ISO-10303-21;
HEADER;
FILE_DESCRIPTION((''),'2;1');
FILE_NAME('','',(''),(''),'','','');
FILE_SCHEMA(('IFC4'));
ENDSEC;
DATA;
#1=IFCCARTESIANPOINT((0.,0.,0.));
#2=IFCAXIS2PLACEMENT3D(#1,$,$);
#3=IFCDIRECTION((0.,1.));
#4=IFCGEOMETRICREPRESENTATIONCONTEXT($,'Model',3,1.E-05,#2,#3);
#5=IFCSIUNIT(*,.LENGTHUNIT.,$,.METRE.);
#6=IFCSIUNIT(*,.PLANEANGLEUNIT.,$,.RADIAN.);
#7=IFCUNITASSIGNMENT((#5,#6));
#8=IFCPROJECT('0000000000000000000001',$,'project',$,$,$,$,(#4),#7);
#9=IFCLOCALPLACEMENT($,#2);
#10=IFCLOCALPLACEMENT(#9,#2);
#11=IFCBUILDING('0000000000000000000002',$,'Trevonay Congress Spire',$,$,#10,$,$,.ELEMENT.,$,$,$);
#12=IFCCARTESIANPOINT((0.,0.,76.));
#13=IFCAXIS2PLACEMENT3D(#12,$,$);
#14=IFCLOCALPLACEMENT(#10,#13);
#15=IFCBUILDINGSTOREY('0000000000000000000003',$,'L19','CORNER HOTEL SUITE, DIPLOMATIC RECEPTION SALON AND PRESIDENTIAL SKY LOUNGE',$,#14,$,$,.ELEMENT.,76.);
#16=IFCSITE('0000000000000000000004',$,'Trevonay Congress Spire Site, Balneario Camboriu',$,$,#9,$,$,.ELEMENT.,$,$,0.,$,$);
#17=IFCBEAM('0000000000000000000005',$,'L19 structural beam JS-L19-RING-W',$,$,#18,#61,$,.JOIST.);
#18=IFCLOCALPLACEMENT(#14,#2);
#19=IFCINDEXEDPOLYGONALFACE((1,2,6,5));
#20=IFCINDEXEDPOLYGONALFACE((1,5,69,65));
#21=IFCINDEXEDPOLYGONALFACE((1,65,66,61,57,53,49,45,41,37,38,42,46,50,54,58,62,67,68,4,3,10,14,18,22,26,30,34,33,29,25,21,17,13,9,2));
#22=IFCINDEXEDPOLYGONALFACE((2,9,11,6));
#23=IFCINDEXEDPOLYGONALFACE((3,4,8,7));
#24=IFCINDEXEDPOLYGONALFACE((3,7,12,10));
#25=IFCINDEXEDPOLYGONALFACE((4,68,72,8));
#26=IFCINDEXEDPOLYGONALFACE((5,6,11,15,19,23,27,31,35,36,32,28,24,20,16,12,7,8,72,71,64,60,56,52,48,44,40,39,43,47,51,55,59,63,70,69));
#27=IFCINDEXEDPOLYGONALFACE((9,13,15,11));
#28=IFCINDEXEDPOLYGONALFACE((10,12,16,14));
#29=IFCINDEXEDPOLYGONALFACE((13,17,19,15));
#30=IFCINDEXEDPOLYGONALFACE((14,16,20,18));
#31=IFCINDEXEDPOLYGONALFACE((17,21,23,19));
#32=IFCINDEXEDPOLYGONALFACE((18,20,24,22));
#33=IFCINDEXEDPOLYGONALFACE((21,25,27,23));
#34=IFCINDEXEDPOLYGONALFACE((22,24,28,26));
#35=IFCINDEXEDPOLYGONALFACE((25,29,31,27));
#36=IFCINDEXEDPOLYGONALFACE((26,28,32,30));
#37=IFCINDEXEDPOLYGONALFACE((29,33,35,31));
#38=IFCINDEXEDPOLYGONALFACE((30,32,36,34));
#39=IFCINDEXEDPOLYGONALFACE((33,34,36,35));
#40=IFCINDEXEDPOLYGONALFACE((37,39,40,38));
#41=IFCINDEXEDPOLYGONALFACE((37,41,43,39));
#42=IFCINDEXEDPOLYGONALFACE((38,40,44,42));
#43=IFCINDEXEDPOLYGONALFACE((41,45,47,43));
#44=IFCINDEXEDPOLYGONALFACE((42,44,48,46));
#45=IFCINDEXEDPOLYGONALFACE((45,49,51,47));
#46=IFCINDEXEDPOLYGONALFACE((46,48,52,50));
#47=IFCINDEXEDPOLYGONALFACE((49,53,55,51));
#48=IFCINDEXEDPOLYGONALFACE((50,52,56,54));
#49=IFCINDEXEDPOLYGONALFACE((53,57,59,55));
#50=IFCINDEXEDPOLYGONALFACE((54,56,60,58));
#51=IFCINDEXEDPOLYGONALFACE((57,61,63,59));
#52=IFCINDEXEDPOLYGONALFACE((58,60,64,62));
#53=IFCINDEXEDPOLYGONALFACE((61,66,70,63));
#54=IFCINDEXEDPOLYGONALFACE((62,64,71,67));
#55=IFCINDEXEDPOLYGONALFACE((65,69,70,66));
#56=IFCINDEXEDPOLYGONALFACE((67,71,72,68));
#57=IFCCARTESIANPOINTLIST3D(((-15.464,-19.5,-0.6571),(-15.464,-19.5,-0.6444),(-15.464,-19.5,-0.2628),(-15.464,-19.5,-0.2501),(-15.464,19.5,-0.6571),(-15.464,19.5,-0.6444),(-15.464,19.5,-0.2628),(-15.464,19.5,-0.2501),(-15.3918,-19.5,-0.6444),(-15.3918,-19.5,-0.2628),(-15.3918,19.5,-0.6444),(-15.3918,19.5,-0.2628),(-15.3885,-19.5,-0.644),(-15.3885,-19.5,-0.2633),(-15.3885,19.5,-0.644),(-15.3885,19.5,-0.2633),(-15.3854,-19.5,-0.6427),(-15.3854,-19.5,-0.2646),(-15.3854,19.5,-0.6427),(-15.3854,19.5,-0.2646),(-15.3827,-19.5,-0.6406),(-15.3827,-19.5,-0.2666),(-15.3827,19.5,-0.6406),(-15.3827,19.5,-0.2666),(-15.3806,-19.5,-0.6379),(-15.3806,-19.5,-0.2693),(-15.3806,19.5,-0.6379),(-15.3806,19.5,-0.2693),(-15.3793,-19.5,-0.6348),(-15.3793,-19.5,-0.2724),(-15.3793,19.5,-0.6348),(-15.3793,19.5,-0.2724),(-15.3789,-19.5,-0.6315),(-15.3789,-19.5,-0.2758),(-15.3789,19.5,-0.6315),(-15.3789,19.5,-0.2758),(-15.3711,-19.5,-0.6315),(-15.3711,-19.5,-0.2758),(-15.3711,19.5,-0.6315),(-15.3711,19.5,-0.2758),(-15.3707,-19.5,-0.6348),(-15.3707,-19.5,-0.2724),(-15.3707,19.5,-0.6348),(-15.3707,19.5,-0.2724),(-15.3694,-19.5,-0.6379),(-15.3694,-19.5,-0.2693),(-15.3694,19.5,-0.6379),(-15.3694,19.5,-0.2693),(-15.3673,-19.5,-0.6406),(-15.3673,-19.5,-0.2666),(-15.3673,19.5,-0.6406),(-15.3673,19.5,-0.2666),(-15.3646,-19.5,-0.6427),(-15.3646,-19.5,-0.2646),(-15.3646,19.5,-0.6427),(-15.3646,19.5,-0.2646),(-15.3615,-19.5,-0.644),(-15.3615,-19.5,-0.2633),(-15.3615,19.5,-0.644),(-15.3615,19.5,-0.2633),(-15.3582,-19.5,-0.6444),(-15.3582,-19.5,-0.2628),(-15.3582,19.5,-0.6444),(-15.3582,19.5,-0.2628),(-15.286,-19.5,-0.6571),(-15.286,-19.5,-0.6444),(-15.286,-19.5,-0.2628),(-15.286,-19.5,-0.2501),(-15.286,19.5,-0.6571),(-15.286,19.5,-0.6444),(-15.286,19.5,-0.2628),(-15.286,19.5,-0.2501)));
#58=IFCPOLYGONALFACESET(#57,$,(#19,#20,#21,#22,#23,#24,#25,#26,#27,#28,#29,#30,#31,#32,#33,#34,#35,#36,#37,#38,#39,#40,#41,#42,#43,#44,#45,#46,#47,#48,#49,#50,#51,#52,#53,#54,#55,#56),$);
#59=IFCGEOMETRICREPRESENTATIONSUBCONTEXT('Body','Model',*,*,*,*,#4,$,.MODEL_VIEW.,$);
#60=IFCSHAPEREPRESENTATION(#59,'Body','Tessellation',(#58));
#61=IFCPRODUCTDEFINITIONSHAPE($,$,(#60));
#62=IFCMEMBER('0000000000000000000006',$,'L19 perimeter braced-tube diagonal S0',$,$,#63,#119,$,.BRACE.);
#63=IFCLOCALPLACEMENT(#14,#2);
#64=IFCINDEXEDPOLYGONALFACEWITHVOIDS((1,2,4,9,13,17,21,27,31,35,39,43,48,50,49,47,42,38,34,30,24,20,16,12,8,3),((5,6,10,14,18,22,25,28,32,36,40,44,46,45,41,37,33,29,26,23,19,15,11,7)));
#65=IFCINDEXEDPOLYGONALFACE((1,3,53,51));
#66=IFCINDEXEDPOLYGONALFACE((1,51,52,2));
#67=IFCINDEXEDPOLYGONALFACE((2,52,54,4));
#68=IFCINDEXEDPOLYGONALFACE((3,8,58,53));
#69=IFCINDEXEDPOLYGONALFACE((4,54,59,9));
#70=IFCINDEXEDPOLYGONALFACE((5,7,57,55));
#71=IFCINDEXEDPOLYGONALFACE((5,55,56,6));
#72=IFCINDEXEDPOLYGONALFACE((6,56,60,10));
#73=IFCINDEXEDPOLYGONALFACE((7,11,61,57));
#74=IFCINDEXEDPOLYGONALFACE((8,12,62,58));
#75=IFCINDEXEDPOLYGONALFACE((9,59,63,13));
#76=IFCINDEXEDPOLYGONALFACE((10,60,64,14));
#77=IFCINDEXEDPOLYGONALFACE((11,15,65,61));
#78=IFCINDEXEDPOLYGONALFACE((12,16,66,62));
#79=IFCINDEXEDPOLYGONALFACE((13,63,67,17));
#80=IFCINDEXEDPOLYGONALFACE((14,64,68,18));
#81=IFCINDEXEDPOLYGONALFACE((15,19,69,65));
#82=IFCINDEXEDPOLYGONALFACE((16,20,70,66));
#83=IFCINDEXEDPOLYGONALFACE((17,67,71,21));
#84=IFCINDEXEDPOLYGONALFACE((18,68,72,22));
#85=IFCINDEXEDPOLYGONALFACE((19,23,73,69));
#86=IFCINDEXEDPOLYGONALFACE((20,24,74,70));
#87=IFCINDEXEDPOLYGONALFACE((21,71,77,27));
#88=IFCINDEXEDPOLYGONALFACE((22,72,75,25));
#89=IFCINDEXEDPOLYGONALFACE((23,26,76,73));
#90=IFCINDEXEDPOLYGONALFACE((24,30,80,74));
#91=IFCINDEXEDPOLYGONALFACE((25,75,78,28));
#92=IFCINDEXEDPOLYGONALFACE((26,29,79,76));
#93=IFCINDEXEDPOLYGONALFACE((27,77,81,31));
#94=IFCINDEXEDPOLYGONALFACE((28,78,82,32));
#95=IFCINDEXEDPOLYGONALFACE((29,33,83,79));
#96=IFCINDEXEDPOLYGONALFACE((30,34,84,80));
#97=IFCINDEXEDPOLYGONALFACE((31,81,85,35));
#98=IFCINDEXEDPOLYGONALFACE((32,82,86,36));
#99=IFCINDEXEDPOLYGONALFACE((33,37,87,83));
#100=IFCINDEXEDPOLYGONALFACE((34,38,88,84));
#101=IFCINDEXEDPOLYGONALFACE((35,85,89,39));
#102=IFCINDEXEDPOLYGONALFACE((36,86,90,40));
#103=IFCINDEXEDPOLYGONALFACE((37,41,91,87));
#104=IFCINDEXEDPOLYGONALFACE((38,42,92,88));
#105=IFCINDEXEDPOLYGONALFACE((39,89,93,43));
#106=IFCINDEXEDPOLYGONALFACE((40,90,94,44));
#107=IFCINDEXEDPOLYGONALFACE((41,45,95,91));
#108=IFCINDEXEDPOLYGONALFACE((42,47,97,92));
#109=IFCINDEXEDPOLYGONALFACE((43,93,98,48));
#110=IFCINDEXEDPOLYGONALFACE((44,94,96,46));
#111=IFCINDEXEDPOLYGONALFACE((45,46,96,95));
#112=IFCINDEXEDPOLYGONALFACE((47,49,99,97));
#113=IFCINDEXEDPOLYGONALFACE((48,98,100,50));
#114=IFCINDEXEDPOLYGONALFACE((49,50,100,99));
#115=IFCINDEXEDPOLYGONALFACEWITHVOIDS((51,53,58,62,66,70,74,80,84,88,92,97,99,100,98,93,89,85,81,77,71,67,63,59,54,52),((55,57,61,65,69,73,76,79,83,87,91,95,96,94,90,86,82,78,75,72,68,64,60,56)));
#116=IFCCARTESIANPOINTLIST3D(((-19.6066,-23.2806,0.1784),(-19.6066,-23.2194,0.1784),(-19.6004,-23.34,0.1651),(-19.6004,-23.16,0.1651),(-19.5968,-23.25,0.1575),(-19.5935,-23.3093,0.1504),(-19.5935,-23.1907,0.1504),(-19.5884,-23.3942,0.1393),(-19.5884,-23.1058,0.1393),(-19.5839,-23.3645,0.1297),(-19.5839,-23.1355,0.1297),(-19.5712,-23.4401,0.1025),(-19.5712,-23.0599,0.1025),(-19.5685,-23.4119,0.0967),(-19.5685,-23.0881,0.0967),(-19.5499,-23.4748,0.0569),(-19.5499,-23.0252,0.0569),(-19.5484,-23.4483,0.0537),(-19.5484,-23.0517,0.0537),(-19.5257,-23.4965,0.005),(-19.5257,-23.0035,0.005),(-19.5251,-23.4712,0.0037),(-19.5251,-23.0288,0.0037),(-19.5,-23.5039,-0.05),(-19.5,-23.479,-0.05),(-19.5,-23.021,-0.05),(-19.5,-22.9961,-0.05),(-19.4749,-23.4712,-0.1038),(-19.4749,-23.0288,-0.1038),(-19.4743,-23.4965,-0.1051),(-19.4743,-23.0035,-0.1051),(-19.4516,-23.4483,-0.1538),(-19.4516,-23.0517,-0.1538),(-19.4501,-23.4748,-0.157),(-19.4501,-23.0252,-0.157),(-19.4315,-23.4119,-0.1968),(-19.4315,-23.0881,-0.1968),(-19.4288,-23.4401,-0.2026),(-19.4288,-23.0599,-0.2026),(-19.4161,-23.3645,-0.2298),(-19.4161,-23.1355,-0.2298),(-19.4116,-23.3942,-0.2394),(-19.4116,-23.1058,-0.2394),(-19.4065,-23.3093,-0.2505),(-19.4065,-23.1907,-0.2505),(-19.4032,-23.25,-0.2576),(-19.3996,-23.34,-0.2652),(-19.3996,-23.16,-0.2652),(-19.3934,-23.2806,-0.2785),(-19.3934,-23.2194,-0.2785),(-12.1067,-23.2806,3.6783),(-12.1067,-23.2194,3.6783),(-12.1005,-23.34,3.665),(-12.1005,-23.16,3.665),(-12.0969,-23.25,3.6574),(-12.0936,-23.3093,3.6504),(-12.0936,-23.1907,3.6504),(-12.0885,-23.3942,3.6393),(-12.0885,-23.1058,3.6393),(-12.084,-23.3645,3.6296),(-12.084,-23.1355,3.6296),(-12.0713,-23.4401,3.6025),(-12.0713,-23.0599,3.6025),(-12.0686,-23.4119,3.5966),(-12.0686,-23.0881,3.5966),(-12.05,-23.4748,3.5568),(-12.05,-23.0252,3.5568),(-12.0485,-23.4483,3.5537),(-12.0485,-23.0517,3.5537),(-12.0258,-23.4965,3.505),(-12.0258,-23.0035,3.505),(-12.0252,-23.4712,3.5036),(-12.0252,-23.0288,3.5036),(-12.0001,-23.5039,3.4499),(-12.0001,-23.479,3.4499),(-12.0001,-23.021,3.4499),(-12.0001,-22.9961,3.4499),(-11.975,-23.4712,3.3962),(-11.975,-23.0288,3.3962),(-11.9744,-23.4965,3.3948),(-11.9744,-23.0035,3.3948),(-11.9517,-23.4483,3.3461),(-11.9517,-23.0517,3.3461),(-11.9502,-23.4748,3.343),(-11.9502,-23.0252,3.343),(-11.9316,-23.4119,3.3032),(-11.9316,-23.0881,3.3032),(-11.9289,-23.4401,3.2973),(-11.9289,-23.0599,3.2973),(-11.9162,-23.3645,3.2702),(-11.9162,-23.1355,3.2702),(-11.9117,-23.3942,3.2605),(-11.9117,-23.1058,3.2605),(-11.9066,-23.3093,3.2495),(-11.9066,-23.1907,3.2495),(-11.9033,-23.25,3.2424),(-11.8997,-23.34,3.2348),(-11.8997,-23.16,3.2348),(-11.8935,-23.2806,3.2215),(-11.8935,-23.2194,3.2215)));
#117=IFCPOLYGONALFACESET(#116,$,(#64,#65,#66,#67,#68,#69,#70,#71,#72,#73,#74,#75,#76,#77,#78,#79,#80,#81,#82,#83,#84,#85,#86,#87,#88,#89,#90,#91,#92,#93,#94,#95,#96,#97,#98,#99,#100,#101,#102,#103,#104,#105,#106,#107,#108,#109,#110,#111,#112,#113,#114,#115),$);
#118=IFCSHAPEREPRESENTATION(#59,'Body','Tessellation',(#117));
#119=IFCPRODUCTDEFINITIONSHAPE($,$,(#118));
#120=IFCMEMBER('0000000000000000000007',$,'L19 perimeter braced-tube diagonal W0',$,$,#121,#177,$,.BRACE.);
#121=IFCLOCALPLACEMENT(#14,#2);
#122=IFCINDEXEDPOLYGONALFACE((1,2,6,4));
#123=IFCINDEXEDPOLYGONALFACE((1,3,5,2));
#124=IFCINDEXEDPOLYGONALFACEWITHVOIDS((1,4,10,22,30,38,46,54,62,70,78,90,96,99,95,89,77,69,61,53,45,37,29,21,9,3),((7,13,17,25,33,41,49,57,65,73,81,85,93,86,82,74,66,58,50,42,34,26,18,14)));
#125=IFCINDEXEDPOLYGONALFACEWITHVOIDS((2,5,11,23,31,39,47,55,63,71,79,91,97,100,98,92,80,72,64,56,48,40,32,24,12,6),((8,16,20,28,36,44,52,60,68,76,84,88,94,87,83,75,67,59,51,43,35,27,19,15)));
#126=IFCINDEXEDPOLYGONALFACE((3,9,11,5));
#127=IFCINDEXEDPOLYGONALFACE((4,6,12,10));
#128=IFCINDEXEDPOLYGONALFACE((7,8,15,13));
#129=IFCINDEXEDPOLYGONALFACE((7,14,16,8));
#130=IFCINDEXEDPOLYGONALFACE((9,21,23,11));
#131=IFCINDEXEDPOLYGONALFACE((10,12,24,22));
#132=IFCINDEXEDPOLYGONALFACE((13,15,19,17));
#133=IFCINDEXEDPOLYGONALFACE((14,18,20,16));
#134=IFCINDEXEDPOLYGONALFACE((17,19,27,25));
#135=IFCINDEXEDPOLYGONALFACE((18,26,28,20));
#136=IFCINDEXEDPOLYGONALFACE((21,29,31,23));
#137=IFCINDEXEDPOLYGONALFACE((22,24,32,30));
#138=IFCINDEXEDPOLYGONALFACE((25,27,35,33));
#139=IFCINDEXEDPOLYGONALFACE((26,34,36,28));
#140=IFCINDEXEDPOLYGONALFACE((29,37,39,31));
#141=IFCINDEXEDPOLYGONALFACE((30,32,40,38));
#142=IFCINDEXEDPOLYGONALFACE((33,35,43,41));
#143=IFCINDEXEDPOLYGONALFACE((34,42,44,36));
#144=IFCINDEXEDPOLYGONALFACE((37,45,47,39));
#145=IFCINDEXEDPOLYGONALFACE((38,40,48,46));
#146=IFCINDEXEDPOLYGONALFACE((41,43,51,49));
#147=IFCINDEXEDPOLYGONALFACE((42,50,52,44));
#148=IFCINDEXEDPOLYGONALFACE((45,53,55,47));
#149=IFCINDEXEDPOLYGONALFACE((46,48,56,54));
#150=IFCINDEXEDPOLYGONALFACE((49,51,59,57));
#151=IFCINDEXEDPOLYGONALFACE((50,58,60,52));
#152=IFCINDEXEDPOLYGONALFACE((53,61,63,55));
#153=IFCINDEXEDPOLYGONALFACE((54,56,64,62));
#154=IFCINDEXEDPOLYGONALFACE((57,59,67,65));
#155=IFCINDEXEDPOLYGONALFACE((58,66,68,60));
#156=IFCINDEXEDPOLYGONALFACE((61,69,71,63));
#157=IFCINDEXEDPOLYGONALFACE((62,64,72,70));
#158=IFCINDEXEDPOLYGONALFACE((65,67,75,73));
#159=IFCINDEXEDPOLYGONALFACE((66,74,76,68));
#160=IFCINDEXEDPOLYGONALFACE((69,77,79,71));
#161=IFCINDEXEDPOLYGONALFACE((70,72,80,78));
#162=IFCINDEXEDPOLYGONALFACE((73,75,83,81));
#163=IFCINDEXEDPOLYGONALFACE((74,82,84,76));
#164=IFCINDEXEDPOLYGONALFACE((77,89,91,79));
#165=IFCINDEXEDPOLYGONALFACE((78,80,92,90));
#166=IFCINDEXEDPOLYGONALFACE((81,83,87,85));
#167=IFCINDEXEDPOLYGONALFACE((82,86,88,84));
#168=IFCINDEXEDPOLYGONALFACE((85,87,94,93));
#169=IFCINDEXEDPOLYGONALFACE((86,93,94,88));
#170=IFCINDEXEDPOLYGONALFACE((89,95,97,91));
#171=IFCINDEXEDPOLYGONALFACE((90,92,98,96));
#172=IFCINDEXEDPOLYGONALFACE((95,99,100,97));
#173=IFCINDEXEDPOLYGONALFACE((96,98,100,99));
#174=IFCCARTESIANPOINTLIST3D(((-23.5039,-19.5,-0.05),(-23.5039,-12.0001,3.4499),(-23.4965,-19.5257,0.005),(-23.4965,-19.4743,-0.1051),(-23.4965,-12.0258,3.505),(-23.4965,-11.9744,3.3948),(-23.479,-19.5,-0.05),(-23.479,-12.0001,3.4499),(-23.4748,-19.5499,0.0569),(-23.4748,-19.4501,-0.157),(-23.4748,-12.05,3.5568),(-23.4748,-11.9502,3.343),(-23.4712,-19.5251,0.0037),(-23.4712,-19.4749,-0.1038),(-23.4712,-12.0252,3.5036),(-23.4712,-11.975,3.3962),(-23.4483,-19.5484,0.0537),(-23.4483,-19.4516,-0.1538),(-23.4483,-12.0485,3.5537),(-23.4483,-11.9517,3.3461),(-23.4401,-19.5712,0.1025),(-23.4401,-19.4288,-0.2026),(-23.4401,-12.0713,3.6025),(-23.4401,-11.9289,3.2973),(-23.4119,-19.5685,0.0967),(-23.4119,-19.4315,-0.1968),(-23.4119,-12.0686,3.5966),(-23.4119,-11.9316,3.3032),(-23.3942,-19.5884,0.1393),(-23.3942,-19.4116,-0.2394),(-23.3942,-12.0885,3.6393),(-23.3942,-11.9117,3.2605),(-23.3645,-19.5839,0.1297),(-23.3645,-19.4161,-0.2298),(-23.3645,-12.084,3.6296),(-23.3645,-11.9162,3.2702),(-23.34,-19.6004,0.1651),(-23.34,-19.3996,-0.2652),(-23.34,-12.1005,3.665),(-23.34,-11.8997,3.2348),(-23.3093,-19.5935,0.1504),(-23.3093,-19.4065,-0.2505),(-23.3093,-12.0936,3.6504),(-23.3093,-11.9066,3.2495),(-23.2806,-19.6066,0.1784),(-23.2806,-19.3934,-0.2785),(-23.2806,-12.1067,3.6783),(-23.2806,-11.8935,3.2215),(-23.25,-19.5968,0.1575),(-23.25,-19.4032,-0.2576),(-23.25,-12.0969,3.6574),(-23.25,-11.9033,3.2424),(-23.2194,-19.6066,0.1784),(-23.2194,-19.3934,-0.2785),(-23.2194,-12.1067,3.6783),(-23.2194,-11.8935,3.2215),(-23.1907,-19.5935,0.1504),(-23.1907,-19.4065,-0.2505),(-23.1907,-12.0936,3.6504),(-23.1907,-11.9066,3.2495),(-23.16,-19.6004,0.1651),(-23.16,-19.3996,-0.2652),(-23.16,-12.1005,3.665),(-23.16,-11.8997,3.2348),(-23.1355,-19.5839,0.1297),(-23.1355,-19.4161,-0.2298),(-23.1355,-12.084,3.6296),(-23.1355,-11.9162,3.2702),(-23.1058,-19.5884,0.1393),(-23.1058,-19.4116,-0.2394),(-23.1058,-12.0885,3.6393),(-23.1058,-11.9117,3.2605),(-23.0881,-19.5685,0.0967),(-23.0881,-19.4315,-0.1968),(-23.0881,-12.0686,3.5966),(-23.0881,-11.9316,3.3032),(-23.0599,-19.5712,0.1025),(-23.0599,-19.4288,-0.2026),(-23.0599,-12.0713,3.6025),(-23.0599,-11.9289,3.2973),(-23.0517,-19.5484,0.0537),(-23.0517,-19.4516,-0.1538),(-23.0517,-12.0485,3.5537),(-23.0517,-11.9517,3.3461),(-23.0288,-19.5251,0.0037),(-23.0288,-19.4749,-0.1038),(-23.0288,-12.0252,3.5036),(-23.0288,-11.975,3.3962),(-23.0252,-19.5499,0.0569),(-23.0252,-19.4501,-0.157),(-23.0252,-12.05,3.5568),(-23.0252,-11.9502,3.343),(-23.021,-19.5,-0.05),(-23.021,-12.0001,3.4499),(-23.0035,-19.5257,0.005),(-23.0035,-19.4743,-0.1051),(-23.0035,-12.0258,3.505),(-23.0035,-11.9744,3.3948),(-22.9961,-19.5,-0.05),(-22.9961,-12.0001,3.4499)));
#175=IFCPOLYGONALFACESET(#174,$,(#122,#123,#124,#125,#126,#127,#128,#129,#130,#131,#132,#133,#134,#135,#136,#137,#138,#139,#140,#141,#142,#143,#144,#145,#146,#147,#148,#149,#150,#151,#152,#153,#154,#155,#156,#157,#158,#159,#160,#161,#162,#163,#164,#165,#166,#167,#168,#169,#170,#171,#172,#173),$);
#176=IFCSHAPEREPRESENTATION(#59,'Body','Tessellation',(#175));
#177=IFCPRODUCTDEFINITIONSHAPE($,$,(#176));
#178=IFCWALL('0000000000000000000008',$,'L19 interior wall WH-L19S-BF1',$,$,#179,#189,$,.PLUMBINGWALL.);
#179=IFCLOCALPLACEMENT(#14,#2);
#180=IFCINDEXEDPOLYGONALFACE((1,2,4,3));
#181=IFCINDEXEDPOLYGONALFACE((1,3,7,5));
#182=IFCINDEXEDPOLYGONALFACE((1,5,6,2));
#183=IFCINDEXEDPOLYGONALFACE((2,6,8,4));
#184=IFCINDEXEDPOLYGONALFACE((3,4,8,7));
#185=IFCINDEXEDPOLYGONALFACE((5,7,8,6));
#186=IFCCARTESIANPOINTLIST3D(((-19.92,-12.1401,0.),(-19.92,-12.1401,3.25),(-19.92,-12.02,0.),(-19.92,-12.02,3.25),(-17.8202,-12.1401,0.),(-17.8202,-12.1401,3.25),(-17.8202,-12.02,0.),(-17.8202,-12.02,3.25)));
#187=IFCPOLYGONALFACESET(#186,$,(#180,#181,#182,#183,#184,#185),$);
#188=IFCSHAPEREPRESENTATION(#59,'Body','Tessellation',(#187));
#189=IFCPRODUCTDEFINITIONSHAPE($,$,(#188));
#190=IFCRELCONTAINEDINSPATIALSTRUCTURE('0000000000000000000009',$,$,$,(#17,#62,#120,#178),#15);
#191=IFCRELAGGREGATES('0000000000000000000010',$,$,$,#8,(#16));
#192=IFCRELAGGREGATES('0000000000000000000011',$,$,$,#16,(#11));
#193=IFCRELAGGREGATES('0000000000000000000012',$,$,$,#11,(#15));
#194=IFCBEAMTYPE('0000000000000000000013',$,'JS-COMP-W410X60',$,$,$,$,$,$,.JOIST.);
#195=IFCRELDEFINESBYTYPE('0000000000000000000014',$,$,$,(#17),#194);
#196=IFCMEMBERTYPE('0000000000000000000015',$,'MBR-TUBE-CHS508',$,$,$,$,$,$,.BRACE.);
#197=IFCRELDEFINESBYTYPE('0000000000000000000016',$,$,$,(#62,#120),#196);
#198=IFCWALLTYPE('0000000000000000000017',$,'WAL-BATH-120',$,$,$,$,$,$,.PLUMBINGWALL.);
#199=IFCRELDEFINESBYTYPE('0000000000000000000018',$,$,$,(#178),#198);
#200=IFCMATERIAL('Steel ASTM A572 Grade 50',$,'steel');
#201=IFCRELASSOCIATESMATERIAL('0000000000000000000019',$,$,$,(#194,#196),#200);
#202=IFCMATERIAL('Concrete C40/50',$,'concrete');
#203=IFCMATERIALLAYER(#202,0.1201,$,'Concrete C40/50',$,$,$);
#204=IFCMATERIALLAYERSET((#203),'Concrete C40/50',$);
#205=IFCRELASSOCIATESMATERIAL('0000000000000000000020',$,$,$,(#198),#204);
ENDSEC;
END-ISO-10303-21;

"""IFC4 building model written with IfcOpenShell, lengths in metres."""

from ifc_helpers import new_model, si_unit, direction, frame, frame_2d, origin, origin_2d, place, context, subcontext, project, spatial, rectangle, hollow_circle, i_section, extrude, material, layer, layer_set, material_profile, profile_set, type_object, element, save


model = new_model("IFC4")

# Units and contexts
model_context = context("Model", 3, precision=1e-05, world=origin(), true_north=direction((0.0, 1.0)))
body_context = subcontext(model_context, "Body", "Model", "MODEL_VIEW")
ifc_project = project(units=[si_unit("LENGTHUNIT", "METRE"), si_unit("PLANEANGLEUNIT", "RADIAN")], contexts=[model_context])

# Site, building, storey
site_placement = place(None, origin())
site = spatial("IfcSite", under=ifc_project, at=site_placement, Name="Trevonay Congress Spire Site, Balneario Camboriu", CompositionType="ELEMENT", RefElevation=0.0)
building_placement = place(site_placement, origin())
building = spatial("IfcBuilding", under=site, at=building_placement, Name="Trevonay Congress Spire", CompositionType="ELEMENT")
storey_placement = place(building_placement, frame((0.0, 0.0, 76.0)))
storey = spatial("IfcBuildingStorey", under=building, at=storey_placement, Name="L19", Description="CORNER HOTEL SUITE, DIPLOMATIC RECEPTION SALON AND PRESIDENTIAL SKY LOUNGE", CompositionType="ELEMENT", Elevation=76.0)

# Shared definitions
ifc_material_1 = material(Name="Steel ASTM A572 Grade 50", Category="steel")

# Beam
ifc_material_profile_1 = material_profile(ifc_material_1, i_section(OverallWidth=0.178, OverallDepth=0.407, WebThickness=0.0078, FlangeThickness=0.0127, FilletRadius=0.0129, at=origin_2d()), Name="W410x60")
ifc_profile_set_1 = profile_set([ifc_material_profile_1], Name="Steel ASTM A572 Grade 50")
beam_type_1 = type_object("IfcBeamType", Name="JS-COMP-W410X60", PredefinedType="JOIST", material=ifc_profile_set_1)
for number, where, z_axis, x_axis, name in (
    (1, (-15.375, -19.5, -0.4536), (0.0, 1.0, 0.0), (-1.0, 0.0, 0.0), "L19 structural beam JS-L19-RING-W"),
):
    element("IfcBeam", number, at=place(storey_placement, frame(where, z_axis=z_axis, x_axis=x_axis)), inside=storey, type_object=beam_type_1, Name=name, PredefinedType="JOIST", context=body_context, shape_type="SweptSolid", body=[
        extrude(i_section(OverallWidth=0.178, OverallDepth=0.407, WebThickness=0.0078, FlangeThickness=0.0127, FilletRadius=0.0129, at=origin_2d()), origin(), (0.0, 0.0, 1.0), 39.0),
    ])

# Members
ifc_material_profile_2 = material_profile(ifc_material_1, hollow_circle(Radius=0.2539, WallThickness=0.0249, at=origin_2d()), Name="CHS 508x25")
ifc_profile_set_2 = profile_set([ifc_material_profile_2], Name="Steel ASTM A572 Grade 50")
member_type = type_object("IfcMemberType", Name="MBR-TUBE-CHS508", PredefinedType="BRACE", material=ifc_profile_set_2)
for number, where, z_axis, x_axis, name in (
    (2, (-19.5, -23.25, -0.05), (0.906183, 0.0, 0.422885), (0.0, 1.0, 0.0), "L19 perimeter braced-tube diagonal S0"),
    (3, (-23.25, -19.5, -0.05), (0.0, 0.906183, 0.422885), (-1.0, 0.0, 0.0), "L19 perimeter braced-tube diagonal W0"),
):
    element("IfcMember", number, at=place(storey_placement, frame(where, z_axis=z_axis, x_axis=x_axis)), inside=storey, type_object=member_type, Name=name, PredefinedType="BRACE", context=body_context, shape_type="SweptSolid", body=[
        extrude(hollow_circle(Radius=0.2539, WallThickness=0.0249, at=origin_2d()), origin(), (0.0, 0.0, 1.0), 8.2764),
    ])

# Wall
ifc_material_2 = material(Name="Concrete C40/50", Category="concrete")
ifc_layer_1 = layer(ifc_material_2, 0.1201, Name="Concrete C40/50")
ifc_layer_set_1 = layer_set([ifc_layer_1], Name="Concrete C40/50")
wall_type_1 = type_object("IfcWallType", Name="WAL-BATH-120", PredefinedType="PLUMBINGWALL", material=ifc_layer_set_1)
wall_1_placement = place(storey_placement, frame((-19.9199, -12.0801, 0.0), z_axis=(0.0, 0.0, 1.0), x_axis=(1.0, 0.0, 0.0)))
element("IfcWall", 4, at=wall_1_placement, inside=storey, type_object=wall_type_1, Name="L19 interior wall WH-L19S-BF1", PredefinedType="PLUMBINGWALL", context=body_context, shape_type="SweptSolid", body=[
    extrude(rectangle(XDim=2.0999, YDim=0.1201, at=frame_2d((1.0498, 0.0))), origin(), (0.0, 0.0, 1.0), 3.25),
])

save(model, "model.ifc")
